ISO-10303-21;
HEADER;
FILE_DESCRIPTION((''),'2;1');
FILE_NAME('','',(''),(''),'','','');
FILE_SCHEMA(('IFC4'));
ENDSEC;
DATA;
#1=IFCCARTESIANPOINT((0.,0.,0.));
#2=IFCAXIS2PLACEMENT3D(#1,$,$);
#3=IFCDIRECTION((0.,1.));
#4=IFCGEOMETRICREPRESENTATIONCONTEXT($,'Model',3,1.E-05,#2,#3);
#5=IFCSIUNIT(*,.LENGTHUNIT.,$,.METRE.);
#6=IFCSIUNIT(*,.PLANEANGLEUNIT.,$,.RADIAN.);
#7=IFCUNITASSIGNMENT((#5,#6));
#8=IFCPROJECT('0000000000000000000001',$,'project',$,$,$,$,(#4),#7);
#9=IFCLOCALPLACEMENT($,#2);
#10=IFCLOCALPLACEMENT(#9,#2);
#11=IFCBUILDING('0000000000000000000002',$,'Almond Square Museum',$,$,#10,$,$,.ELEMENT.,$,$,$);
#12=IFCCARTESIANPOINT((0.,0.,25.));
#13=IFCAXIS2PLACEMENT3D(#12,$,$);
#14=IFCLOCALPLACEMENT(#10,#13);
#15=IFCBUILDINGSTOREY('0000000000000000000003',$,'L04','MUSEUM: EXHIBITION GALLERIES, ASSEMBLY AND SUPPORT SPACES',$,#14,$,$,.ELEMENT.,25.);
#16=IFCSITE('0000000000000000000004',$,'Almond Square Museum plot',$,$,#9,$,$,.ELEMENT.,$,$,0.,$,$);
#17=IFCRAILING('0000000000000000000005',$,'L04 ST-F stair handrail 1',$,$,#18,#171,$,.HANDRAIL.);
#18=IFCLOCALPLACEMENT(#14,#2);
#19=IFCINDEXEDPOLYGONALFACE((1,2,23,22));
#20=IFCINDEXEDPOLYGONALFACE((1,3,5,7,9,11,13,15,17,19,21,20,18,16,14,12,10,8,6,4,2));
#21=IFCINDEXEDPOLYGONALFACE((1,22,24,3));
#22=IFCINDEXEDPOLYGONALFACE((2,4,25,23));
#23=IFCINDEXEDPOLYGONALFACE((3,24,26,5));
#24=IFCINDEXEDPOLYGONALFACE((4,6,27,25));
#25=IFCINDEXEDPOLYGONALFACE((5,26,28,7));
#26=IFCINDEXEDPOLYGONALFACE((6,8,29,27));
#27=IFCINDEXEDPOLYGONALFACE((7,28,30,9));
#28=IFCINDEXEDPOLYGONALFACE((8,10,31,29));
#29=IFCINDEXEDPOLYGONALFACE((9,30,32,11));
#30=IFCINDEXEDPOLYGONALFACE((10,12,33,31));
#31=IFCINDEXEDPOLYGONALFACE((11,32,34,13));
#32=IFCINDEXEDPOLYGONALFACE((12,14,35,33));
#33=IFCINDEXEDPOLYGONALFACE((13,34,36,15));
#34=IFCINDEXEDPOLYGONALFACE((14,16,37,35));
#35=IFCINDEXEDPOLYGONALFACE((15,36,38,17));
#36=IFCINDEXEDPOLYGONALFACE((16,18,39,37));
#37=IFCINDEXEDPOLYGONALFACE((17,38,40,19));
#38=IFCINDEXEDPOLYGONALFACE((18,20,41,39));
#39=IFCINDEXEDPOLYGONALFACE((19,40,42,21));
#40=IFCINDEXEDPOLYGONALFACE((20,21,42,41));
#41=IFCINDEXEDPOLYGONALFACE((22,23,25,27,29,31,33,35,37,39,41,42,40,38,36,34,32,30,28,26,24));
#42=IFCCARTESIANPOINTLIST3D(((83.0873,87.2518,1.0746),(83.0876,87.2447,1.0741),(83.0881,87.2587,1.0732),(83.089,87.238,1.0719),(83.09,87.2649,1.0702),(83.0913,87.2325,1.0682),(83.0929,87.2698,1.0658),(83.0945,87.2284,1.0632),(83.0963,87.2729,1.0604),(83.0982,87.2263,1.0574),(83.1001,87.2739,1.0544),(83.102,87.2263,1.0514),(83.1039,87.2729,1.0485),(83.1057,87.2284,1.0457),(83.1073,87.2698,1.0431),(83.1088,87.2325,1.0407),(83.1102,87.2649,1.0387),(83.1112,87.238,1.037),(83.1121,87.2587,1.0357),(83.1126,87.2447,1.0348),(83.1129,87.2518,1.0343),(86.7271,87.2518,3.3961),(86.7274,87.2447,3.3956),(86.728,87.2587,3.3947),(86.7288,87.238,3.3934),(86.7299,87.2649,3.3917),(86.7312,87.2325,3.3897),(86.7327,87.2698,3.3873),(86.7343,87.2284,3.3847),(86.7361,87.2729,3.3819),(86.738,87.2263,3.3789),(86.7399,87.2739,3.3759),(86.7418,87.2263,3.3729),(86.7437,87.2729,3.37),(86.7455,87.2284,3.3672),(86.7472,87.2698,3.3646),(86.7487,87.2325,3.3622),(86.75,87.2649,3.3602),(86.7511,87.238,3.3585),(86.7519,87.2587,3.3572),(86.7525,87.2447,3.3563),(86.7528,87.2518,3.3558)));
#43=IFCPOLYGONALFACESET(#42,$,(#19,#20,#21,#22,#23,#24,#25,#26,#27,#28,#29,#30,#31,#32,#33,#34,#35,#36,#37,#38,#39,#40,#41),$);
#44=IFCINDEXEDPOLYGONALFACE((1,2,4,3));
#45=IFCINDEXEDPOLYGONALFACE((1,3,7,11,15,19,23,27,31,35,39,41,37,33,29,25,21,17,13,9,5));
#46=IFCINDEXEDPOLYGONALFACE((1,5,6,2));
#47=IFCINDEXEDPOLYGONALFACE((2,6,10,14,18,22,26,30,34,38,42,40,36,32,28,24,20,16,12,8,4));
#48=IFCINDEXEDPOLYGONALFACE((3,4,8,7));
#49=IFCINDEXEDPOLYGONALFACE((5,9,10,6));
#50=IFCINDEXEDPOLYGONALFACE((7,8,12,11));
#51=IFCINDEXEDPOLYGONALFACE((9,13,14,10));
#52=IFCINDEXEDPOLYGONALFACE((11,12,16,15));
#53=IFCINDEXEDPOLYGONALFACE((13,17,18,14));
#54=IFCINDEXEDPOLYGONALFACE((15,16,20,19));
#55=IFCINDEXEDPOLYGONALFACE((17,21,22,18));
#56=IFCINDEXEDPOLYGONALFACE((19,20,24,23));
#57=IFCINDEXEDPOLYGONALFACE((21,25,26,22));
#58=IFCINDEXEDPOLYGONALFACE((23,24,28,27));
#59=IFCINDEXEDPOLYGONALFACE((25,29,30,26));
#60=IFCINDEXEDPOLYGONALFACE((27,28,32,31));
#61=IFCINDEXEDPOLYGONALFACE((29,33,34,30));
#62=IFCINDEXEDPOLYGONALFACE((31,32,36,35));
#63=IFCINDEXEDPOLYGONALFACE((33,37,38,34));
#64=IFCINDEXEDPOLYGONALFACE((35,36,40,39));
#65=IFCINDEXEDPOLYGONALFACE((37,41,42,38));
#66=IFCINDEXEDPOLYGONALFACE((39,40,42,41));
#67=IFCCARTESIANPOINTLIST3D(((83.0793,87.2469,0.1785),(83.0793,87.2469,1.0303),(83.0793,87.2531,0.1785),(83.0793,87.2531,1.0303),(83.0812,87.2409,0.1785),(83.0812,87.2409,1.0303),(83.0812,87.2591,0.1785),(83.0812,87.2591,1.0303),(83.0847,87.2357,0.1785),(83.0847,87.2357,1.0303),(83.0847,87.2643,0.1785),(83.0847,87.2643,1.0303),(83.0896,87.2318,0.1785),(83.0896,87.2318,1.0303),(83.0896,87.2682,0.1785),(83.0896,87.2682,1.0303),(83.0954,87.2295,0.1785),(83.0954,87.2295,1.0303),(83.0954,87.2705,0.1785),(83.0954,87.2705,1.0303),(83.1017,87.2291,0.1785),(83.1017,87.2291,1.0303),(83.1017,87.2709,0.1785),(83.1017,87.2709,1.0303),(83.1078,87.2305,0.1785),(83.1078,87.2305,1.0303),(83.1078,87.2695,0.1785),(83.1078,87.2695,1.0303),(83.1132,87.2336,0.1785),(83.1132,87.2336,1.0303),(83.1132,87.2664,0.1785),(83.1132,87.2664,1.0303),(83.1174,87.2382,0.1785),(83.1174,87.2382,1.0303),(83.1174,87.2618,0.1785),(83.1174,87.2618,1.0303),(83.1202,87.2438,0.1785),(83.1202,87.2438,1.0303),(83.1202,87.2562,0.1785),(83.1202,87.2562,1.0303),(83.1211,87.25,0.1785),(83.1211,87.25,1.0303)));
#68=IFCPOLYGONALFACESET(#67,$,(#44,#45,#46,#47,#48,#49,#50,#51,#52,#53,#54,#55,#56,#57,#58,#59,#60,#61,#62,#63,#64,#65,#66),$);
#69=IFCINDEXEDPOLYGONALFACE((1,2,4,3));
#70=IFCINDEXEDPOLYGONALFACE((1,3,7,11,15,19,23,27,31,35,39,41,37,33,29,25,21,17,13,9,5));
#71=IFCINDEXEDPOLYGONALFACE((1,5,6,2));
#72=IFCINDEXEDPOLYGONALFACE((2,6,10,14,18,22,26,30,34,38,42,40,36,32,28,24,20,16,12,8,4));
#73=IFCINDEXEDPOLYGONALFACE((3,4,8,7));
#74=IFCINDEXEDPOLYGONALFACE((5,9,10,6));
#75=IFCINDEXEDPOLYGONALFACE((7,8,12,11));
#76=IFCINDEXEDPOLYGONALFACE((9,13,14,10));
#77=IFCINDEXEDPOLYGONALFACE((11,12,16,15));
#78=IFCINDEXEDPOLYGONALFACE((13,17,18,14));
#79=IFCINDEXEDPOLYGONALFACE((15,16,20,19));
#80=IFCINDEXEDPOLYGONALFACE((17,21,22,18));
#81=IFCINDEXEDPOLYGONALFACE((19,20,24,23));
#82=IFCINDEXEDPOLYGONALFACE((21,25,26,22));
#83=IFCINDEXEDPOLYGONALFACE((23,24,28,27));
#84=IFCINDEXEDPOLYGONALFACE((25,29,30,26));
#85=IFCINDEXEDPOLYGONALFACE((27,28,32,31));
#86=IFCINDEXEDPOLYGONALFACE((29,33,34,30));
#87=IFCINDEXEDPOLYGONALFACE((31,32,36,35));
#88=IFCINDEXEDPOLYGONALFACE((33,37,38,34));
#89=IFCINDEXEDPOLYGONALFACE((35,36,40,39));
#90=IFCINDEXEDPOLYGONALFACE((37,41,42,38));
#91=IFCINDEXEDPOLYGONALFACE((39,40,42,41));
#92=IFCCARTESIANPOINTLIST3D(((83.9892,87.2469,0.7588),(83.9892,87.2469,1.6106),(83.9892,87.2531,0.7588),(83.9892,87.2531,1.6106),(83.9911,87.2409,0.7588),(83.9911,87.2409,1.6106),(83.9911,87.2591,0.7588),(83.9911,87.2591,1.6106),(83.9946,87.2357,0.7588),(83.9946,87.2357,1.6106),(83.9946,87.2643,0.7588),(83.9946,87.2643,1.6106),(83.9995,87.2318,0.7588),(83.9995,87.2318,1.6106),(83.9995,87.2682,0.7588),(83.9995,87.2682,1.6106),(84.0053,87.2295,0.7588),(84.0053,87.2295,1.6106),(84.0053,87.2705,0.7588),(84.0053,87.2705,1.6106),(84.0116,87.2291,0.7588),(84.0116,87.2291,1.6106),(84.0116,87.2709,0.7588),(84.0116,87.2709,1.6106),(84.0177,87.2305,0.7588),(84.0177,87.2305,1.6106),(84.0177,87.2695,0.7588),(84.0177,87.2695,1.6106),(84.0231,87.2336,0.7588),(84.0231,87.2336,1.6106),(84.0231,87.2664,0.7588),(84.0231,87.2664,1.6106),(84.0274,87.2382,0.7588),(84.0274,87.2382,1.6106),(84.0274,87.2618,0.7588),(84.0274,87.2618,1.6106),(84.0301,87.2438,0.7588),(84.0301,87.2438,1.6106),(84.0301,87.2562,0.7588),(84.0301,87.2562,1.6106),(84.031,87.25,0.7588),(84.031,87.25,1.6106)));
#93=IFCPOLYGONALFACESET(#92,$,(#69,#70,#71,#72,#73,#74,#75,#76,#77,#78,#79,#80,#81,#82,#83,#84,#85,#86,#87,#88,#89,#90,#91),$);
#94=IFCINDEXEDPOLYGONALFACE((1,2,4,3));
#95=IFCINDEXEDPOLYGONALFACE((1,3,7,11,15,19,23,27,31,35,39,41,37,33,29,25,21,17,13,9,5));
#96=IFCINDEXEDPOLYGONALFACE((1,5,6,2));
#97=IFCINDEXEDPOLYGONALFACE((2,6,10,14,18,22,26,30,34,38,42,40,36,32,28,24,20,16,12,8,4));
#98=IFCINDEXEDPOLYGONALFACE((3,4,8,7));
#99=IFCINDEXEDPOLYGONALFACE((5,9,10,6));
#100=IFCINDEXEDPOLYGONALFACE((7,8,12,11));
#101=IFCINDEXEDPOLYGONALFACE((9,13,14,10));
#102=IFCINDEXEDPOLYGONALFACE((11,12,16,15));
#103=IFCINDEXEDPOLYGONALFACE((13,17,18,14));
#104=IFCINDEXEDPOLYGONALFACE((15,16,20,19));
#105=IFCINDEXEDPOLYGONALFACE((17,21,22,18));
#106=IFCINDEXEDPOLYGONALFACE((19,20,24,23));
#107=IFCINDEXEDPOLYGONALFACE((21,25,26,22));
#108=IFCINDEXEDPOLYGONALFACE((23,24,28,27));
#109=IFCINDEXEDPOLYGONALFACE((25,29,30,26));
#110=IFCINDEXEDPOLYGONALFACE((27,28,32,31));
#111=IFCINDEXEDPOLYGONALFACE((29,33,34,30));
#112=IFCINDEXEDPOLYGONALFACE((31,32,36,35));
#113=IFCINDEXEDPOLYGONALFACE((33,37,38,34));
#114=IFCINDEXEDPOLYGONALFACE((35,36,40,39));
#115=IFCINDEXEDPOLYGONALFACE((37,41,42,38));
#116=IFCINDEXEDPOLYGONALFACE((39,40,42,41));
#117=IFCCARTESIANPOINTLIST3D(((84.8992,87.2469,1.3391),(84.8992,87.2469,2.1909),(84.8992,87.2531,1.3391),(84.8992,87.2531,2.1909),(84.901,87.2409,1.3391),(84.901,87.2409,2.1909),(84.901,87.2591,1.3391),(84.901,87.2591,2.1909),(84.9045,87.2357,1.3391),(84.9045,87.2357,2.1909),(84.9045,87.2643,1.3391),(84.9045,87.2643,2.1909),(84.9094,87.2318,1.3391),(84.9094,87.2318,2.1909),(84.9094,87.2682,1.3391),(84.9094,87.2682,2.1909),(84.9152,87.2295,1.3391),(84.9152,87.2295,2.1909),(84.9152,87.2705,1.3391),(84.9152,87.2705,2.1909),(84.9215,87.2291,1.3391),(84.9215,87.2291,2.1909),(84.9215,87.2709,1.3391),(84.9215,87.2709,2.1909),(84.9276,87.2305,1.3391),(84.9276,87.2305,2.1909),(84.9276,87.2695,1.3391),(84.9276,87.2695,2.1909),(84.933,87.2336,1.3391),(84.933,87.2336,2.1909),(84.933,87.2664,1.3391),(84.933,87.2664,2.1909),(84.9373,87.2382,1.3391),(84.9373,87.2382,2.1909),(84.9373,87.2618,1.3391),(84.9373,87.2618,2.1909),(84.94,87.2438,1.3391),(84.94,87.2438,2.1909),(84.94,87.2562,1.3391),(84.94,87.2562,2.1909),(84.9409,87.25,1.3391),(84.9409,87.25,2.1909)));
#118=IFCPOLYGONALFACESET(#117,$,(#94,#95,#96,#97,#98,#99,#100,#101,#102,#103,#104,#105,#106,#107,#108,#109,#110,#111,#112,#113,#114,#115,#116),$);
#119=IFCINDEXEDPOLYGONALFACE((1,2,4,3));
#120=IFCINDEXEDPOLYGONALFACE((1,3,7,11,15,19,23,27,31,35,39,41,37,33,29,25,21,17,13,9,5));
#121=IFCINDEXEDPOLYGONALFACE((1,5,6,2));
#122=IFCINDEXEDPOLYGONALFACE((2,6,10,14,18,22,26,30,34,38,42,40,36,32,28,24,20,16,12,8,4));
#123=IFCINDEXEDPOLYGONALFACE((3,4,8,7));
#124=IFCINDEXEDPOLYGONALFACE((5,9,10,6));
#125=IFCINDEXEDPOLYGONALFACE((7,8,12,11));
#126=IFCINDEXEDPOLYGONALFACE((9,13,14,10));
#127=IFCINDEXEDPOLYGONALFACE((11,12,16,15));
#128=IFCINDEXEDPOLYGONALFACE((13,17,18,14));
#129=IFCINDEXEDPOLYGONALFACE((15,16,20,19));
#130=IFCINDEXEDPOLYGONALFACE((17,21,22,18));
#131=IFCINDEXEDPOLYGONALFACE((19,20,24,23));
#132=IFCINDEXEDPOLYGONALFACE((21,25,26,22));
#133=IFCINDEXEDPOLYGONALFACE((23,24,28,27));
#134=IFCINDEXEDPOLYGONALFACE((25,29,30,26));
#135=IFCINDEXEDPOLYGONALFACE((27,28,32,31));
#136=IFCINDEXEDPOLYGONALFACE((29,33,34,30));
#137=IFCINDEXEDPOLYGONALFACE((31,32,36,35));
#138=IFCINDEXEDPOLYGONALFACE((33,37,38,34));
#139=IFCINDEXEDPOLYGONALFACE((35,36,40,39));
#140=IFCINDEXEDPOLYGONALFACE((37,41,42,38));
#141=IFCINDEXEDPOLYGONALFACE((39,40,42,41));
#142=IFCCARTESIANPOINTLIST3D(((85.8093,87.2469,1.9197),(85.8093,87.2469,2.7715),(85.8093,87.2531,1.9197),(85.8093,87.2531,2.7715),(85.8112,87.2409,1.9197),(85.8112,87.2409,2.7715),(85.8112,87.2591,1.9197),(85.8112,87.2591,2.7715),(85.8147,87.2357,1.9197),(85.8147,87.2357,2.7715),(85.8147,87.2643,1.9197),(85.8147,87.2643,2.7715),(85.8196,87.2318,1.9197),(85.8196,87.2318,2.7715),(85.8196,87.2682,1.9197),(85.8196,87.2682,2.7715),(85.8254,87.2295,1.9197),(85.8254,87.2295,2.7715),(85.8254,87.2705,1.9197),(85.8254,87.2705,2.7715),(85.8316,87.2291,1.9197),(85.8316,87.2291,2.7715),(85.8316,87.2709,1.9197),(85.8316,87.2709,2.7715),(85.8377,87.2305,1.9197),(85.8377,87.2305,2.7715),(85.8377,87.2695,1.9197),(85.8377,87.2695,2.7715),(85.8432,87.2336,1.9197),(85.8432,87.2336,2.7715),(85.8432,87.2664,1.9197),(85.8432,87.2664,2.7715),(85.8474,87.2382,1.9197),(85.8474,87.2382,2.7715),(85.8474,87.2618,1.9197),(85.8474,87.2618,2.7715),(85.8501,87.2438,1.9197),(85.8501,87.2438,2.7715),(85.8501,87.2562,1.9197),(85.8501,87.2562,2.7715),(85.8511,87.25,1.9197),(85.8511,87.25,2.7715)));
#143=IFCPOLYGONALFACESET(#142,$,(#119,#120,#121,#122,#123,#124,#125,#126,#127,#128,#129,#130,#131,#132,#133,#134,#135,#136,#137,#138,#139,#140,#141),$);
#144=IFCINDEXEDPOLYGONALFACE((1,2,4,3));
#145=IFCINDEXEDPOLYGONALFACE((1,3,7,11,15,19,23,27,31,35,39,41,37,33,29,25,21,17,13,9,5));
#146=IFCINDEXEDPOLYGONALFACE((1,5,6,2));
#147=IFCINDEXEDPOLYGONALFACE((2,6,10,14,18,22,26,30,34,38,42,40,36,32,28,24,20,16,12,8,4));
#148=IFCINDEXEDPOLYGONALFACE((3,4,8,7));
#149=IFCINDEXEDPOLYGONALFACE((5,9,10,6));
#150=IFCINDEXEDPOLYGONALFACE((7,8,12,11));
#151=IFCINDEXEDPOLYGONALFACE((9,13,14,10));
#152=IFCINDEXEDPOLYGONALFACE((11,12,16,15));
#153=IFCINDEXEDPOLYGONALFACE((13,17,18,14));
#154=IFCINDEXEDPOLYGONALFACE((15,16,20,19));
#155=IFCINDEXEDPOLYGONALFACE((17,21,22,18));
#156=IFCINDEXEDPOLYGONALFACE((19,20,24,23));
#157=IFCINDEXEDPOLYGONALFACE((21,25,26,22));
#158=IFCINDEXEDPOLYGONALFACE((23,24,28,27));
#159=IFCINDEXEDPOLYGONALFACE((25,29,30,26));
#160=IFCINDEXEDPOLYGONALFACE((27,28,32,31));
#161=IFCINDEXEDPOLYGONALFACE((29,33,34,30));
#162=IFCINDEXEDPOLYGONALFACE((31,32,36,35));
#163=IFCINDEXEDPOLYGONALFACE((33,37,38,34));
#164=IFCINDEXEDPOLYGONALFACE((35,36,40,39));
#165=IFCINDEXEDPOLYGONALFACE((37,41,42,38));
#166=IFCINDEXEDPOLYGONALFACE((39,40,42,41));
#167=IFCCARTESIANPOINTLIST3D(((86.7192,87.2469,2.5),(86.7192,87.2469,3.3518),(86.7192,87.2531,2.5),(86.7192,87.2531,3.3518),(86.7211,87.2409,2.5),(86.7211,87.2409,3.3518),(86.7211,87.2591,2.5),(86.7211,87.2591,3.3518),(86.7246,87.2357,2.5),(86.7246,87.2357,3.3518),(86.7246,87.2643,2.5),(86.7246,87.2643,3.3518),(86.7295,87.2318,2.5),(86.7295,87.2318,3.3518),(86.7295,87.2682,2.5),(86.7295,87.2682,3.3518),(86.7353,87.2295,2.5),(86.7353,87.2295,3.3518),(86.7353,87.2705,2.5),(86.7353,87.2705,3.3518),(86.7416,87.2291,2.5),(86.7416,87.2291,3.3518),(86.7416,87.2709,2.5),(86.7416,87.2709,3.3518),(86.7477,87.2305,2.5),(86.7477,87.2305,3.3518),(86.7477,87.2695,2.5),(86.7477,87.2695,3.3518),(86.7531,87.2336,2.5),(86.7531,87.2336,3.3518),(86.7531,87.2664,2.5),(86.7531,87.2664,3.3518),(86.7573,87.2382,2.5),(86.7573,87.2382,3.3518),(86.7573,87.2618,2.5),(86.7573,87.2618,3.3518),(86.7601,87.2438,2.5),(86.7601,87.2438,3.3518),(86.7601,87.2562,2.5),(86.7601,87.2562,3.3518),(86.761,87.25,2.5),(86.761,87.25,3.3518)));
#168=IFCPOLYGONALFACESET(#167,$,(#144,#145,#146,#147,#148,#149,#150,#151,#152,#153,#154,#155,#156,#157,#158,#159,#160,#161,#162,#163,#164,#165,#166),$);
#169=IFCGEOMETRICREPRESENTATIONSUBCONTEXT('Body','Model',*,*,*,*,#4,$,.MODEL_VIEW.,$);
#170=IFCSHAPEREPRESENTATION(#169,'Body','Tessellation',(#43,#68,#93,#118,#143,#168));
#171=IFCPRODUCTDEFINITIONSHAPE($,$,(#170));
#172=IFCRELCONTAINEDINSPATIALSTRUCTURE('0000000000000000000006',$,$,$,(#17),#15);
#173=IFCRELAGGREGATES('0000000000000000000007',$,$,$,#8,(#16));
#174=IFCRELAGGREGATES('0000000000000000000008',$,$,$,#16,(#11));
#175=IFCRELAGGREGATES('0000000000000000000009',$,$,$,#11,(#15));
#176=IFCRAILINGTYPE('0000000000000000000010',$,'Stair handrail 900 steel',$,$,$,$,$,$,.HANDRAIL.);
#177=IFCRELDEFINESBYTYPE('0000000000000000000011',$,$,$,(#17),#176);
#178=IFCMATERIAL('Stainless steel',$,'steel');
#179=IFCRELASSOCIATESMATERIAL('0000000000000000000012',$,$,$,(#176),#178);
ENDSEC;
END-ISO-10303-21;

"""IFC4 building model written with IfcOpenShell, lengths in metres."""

from ifc_helpers import new_model, si_unit, direction, frame, origin, origin_2d, place, context, subcontext, project, spatial, circle, extrude, material, type_object, element, save


model = new_model("IFC4")

# Units and contexts
model_context = context("Model", 3, precision=1e-05, world=origin(), true_north=direction((0.0, 1.0)))
body_context = subcontext(model_context, "Body", "Model", "MODEL_VIEW")
ifc_project = project(units=[si_unit("LENGTHUNIT", "METRE"), si_unit("PLANEANGLEUNIT", "RADIAN")], contexts=[model_context])

# Site, building, storey
site_placement = place(None, origin())
site = spatial("IfcSite", under=ifc_project, at=site_placement, Name="Almond Square Museum plot", CompositionType="ELEMENT", RefElevation=0.0)
building_placement = place(site_placement, origin())
building = spatial("IfcBuilding", under=site, at=building_placement, Name="Almond Square Museum", CompositionType="ELEMENT")
storey_placement = place(building_placement, frame((0.0, 0.0, 25.0)))
storey = spatial("IfcBuildingStorey", under=building, at=storey_placement, Name="L04", Description="MUSEUM: EXHIBITION GALLERIES, ASSEMBLY AND SUPPORT SPACES", CompositionType="ELEMENT", Elevation=25.0)

# Railing
ifc_material_1 = material(Name="Stainless steel", Category="steel")
railing_type_1 = type_object("IfcRailingType", Name="Stair handrail 900 steel", PredefinedType="HANDRAIL", material=ifc_material_1)
railing_1_placement = place(storey_placement, frame((83.1001, 87.25, 0.1785)))
element("IfcRailing", 1, at=railing_1_placement, inside=storey, type_object=railing_type_1, Name="L04 ST-F stair handrail 1", PredefinedType="HANDRAIL", context=body_context, shape_type="SweptSolid", body=[
    extrude(circle(Radius=0.0239, at=origin_2d()), frame((0.0, 0.0, 0.876), z_axis=(0.843112, 0.0, 0.537739), x_axis=(0.0, 1.0, 0.0)), (0.0, 0.0, 1.0), 4.3171),
    extrude(circle(Radius=0.021, at=origin_2d()), origin(), (0.0, 0.0, 1.0), 0.8518),
    extrude(circle(Radius=0.021, at=origin_2d()), frame((0.9099, 0.0, 0.5803)), (0.0, 0.0, 1.0), 0.8518),
    extrude(circle(Radius=0.021, at=origin_2d()), frame((1.8198, 0.0, 1.1606)), (0.0, 0.0, 1.0), 0.8518),
    extrude(circle(Radius=0.021, at=origin_2d()), frame((2.73, 0.0, 1.7412)), (0.0, 0.0, 1.0), 0.8518),
    extrude(circle(Radius=0.021, at=origin_2d()), frame((3.6399, 0.0, 2.3215)), (0.0, 0.0, 1.0), 0.8518),
])

save(model, "model.ifc")
